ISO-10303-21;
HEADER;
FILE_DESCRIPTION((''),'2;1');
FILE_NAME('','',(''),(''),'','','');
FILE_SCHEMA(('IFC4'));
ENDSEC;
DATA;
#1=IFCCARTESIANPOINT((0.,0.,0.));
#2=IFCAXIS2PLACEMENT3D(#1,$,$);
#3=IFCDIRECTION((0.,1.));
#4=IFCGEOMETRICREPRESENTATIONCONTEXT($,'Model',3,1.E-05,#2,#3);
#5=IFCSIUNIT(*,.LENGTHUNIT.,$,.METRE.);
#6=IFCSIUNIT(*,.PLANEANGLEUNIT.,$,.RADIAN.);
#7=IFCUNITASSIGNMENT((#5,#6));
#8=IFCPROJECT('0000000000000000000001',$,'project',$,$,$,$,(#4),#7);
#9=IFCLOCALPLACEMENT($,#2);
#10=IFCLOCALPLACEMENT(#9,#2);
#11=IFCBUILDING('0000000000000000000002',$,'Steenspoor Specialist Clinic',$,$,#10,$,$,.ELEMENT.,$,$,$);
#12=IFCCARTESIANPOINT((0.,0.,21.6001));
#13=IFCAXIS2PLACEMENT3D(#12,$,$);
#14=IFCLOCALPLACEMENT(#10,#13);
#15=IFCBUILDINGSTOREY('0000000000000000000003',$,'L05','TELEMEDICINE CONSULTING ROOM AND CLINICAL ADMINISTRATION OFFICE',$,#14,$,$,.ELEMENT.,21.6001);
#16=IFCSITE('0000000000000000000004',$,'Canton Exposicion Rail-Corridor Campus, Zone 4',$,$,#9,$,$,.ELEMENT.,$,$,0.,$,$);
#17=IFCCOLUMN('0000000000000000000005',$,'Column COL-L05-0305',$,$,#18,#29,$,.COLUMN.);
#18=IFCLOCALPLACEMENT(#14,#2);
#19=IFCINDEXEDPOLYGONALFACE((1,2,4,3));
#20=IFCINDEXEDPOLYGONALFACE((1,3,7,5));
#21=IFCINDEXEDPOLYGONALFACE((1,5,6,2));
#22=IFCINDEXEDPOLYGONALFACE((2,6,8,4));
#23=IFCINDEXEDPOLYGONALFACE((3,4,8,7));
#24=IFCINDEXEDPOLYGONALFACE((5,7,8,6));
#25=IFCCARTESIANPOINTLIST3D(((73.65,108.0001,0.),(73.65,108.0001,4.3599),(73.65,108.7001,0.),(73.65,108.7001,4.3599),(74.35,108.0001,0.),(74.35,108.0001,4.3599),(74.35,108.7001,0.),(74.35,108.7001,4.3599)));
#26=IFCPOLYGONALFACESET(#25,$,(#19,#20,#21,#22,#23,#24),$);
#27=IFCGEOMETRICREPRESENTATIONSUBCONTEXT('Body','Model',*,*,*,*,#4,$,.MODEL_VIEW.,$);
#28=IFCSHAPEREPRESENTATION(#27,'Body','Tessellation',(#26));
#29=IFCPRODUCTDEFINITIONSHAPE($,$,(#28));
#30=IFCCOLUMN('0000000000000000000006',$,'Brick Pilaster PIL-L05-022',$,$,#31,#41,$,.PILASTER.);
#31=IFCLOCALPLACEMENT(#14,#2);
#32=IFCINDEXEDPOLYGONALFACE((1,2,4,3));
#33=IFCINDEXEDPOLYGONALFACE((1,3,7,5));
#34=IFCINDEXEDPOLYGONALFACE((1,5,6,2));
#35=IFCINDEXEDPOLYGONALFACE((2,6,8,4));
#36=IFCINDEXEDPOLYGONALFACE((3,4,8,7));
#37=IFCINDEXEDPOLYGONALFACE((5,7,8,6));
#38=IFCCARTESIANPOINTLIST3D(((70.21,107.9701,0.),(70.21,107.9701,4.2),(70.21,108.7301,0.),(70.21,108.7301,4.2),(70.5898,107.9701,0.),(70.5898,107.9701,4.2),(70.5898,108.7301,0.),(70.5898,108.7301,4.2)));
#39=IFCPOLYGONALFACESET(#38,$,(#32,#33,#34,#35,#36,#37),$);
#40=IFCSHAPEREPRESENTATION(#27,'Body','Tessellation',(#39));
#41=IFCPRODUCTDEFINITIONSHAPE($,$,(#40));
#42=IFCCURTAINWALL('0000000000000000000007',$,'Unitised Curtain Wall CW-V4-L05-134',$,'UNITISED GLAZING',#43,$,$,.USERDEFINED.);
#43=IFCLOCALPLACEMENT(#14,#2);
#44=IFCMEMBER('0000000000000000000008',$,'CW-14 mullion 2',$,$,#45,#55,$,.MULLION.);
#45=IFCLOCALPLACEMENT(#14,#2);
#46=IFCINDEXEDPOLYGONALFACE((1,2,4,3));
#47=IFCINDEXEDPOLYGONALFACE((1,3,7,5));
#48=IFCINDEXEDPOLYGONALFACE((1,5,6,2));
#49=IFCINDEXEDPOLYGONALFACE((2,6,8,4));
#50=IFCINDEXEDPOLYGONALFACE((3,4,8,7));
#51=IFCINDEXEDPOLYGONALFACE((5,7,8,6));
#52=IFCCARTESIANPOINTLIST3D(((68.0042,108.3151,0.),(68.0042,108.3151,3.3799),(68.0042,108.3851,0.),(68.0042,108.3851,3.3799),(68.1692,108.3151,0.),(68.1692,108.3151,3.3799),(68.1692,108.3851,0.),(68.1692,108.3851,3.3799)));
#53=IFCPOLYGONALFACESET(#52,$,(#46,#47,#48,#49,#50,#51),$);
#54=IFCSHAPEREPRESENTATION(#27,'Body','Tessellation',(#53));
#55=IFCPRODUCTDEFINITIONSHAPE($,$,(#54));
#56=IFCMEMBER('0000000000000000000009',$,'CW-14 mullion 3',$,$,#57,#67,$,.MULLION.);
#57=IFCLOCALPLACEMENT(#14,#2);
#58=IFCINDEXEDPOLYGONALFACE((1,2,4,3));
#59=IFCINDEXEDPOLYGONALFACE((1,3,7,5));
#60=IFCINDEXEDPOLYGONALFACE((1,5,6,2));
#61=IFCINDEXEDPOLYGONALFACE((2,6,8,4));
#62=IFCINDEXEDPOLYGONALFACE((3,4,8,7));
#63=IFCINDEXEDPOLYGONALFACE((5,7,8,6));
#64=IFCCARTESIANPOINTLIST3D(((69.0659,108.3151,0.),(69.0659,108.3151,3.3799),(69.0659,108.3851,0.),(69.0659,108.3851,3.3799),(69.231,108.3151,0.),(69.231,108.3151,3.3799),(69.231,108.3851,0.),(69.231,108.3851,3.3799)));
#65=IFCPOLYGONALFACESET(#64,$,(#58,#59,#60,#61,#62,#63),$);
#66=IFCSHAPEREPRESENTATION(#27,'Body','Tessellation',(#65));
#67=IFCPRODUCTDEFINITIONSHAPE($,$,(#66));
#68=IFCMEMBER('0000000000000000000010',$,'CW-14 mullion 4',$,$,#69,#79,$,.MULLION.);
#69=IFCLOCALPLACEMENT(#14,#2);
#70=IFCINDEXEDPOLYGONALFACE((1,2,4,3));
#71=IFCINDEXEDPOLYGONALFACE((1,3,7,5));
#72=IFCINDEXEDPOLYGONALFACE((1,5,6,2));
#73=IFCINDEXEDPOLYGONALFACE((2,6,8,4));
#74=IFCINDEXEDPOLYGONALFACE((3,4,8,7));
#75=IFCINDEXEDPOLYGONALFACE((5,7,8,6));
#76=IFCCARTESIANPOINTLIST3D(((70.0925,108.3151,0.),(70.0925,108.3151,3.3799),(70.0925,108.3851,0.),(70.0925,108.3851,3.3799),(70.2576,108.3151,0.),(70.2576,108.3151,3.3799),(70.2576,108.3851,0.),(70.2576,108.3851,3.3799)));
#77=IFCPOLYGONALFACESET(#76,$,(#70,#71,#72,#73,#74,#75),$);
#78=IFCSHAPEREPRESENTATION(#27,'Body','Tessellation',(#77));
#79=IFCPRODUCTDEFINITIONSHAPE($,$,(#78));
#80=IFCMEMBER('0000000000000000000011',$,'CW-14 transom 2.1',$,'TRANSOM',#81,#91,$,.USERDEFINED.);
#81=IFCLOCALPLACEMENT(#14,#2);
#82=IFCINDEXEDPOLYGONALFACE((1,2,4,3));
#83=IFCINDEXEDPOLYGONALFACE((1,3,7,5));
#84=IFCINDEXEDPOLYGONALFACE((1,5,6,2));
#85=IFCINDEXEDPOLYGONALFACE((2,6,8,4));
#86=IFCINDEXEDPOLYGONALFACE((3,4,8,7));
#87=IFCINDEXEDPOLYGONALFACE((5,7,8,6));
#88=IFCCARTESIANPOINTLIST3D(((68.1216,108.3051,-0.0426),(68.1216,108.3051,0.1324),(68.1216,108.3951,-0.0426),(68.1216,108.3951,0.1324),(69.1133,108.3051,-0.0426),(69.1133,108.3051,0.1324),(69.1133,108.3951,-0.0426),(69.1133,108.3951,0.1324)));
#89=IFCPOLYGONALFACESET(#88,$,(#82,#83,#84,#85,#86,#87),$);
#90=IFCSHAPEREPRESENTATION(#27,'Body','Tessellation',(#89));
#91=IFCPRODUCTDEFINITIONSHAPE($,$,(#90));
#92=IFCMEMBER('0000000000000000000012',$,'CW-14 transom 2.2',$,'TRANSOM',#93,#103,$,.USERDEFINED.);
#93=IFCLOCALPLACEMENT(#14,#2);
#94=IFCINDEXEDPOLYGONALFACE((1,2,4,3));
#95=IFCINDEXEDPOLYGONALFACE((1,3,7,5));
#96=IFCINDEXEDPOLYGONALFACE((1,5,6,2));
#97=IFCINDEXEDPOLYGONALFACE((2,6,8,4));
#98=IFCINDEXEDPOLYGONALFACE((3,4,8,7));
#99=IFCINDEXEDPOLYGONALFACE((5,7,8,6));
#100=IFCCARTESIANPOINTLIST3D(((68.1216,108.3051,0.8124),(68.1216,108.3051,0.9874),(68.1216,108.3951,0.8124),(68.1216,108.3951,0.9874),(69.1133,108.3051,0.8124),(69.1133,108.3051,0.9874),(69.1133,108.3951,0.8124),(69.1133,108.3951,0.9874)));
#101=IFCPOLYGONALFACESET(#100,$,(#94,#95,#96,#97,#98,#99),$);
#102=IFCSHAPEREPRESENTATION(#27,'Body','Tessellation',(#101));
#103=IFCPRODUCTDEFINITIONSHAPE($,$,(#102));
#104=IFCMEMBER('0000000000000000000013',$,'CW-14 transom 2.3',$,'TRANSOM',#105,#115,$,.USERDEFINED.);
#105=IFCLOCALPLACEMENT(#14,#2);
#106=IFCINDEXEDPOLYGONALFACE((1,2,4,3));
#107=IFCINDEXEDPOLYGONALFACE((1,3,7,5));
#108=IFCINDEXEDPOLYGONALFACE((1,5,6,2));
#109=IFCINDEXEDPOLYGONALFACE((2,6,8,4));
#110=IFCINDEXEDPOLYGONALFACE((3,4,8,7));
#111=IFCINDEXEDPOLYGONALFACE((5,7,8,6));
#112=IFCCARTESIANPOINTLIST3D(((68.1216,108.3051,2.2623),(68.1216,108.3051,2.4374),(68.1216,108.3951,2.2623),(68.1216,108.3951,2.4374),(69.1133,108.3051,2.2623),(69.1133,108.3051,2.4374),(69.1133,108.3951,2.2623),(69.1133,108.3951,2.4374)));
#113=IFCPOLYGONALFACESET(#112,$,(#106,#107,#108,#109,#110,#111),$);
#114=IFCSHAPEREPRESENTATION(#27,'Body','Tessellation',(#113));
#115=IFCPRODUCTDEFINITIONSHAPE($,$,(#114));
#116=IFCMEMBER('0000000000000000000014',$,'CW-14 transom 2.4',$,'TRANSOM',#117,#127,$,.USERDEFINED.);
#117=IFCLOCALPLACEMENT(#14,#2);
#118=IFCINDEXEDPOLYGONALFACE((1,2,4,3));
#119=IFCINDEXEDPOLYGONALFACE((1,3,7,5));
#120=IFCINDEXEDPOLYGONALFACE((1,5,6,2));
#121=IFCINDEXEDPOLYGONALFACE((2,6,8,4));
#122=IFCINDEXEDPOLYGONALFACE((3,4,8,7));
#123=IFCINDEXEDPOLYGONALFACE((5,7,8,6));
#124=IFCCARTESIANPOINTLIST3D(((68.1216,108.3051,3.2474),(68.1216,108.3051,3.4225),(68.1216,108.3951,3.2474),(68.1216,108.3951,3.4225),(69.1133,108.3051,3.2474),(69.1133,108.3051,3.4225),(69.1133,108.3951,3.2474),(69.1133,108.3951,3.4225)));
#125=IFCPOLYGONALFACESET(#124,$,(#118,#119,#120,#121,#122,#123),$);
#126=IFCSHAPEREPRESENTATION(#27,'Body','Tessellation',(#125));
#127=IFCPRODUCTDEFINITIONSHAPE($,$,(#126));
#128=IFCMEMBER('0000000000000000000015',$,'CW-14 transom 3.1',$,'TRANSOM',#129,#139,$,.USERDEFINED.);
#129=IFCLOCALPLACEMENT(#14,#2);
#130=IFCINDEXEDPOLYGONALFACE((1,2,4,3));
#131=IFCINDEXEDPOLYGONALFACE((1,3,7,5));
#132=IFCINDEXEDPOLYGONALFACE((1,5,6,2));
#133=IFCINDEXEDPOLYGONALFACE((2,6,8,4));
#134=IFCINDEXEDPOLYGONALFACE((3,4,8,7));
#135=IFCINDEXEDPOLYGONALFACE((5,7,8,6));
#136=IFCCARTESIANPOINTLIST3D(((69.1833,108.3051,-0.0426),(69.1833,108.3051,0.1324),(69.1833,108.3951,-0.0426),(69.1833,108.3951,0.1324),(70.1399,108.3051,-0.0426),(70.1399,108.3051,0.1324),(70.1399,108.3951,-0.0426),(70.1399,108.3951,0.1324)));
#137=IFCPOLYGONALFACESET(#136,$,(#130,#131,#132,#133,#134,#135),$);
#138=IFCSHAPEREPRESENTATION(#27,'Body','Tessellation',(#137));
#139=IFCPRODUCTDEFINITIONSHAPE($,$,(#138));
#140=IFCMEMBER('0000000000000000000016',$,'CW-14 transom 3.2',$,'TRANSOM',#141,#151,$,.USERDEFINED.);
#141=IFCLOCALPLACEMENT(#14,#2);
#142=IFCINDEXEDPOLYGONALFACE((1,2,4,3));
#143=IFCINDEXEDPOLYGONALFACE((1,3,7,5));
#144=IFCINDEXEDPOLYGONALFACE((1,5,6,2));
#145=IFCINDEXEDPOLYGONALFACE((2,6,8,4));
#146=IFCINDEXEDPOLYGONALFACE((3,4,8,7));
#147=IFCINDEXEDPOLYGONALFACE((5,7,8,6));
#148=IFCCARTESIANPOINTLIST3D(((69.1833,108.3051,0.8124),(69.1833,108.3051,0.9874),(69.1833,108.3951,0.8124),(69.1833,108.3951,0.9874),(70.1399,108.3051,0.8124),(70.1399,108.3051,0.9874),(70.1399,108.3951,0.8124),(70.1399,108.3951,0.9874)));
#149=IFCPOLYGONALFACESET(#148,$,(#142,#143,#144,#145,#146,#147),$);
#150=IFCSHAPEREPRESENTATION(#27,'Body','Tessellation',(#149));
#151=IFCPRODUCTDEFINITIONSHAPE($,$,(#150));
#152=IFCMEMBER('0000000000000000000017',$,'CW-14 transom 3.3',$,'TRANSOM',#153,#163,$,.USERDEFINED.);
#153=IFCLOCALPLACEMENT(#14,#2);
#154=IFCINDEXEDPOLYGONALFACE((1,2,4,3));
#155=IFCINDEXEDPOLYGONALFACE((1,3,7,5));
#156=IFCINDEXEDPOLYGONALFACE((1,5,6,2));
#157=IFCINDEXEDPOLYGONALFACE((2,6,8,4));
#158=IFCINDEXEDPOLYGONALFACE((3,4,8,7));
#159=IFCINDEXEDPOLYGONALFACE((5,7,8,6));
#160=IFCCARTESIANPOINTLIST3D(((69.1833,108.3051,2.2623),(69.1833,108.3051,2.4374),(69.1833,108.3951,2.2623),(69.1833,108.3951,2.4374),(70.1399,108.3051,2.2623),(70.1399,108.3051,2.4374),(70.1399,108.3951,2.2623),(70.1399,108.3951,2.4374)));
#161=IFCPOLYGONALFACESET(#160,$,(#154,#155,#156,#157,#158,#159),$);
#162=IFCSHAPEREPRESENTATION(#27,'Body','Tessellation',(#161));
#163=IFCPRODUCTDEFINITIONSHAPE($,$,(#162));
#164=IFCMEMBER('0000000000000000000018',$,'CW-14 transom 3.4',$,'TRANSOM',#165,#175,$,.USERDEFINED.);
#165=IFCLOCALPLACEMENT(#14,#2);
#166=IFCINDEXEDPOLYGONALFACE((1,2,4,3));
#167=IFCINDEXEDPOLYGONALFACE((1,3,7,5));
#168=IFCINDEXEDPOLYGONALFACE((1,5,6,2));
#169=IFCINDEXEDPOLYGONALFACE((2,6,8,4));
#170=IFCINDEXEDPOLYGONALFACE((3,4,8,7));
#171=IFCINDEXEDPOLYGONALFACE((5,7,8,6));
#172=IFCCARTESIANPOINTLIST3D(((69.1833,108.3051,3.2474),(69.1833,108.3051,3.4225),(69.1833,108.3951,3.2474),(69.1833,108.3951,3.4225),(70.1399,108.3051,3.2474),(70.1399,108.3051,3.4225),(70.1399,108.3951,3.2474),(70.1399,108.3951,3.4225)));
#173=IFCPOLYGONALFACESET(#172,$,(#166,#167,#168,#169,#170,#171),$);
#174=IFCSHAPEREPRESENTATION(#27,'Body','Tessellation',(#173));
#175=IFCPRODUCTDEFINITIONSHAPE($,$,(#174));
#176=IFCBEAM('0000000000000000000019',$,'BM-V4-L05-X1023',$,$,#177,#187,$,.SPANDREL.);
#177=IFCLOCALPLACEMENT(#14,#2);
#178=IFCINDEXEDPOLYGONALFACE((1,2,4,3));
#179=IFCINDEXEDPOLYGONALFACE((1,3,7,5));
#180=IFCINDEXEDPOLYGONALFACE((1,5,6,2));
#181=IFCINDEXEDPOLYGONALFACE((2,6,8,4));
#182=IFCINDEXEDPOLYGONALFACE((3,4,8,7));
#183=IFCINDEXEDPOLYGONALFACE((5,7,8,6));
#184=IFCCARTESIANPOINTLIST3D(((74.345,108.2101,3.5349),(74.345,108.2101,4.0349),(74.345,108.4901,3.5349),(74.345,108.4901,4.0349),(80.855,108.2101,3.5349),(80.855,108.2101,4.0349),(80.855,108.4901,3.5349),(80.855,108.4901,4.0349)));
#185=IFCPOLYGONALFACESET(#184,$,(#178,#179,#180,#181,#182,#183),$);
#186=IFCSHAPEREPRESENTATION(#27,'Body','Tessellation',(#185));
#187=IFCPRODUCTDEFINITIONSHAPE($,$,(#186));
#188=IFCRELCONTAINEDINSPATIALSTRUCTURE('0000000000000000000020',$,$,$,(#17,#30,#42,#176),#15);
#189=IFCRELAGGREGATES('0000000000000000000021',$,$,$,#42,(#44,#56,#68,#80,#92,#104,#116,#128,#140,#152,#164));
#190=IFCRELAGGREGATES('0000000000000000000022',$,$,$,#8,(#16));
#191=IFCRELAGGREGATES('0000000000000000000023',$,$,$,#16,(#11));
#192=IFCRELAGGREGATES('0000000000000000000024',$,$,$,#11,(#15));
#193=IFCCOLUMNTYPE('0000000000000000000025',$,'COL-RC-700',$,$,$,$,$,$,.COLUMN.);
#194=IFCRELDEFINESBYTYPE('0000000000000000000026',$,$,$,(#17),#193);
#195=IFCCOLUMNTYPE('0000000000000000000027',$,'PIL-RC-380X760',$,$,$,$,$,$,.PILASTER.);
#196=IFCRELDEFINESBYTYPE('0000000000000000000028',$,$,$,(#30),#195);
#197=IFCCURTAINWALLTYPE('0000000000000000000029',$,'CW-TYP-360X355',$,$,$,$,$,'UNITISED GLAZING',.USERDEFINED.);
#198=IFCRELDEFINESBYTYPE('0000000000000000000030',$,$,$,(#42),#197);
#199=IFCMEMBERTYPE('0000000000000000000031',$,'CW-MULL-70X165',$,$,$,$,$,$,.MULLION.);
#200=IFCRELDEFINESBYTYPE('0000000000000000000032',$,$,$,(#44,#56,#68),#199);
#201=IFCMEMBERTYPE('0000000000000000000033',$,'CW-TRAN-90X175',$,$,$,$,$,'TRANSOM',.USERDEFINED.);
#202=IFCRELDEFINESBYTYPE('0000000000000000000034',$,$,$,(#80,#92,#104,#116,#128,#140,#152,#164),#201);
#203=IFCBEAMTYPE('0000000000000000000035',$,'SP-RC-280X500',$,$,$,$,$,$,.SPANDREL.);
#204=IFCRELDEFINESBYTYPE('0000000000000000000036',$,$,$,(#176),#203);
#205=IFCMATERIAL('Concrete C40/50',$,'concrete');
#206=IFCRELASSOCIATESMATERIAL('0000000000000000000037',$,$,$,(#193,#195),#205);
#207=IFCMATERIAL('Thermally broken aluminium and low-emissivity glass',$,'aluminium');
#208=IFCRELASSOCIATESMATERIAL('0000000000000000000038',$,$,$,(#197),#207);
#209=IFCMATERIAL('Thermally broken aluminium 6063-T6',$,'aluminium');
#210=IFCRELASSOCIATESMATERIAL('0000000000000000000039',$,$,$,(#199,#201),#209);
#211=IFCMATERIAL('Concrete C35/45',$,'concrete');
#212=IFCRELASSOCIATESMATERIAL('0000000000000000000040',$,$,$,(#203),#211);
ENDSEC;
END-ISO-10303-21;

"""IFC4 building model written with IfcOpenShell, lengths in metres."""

from ifc_helpers import new_model, si_unit, direction, frame, origin, origin_2d, place, context, subcontext, project, spatial, rectangle, extrude, material, material_profile, profile_set, type_object, element, aggregate, save


model = new_model("IFC4")

# Units and contexts
model_context = context("Model", 3, precision=1e-05, world=origin(), true_north=direction((0.0, 1.0)))
body_context = subcontext(model_context, "Body", "Model", "MODEL_VIEW")
ifc_project = project(units=[si_unit("LENGTHUNIT", "METRE"), si_unit("PLANEANGLEUNIT", "RADIAN")], contexts=[model_context])

# Site, building, storey
site_placement = place(None, origin())
site = spatial("IfcSite", under=ifc_project, at=site_placement, Name="Canton Exposicion Rail-Corridor Campus, Zone 4", CompositionType="ELEMENT", RefElevation=0.0)
building_placement = place(site_placement, origin())
building = spatial("IfcBuilding", under=site, at=building_placement, Name="Steenspoor Specialist Clinic", CompositionType="ELEMENT")
storey_placement = place(building_placement, frame((0.0, 0.0, 21.6001)))
storey = spatial("IfcBuildingStorey", under=building, at=storey_placement, Name="L05", Description="TELEMEDICINE CONSULTING ROOM AND CLINICAL ADMINISTRATION OFFICE", CompositionType="ELEMENT", Elevation=21.6001)

# Columns
ifc_material_1 = material(Name="Concrete C40/50", Category="concrete")
ifc_material_profile_1 = material_profile(ifc_material_1, rectangle(XDim=0.7, YDim=0.7, at=origin_2d()), Name="RC-COL-700X700")
ifc_profile_set_1 = profile_set([ifc_material_profile_1], Name="Concrete C40/50")
column_type_1 = type_object("IfcColumnType", Name="COL-RC-700", PredefinedType="COLUMN", material=ifc_profile_set_1)
column_1_placement = place(storey_placement, frame((74.0, 108.3501, 0.0), z_axis=(0.0, 0.0, 1.0), x_axis=(1.0, 0.0, 0.0)))
element("IfcColumn", 1, at=column_1_placement, inside=storey, type_object=column_type_1, Name="Column COL-L05-0305", PredefinedType="COLUMN", context=body_context, shape_type="SweptSolid", body=[
    extrude(rectangle(XDim=0.7, YDim=0.7, at=origin_2d()), origin(), (0.0, 0.0, 1.0), 4.3599),
])
ifc_material_profile_2 = material_profile(ifc_material_1, rectangle(XDim=0.3799, YDim=0.76, at=origin_2d()), Name="RC-PIL-380X760")
ifc_profile_set_2 = profile_set([ifc_material_profile_2], Name="Concrete C40/50")
column_type_2 = type_object("IfcColumnType", Name="PIL-RC-380X760", PredefinedType="PILASTER", material=ifc_profile_set_2)
column_2_placement = place(storey_placement, frame((70.3999, 108.3501, 0.0), z_axis=(0.0, 0.0, 1.0), x_axis=(1.0, 0.0, 0.0)))
element("IfcColumn", 2, at=column_2_placement, inside=storey, type_object=column_type_2, Name="Brick Pilaster PIL-L05-022", PredefinedType="PILASTER", context=body_context, shape_type="SweptSolid", body=[
    extrude(rectangle(XDim=0.3799, YDim=0.76, at=origin_2d()), origin(), (0.0, 0.0, 1.0), 4.2),
])

# Curtain wall, members
ifc_material_2 = material(Name="Thermally broken aluminium and low-emissivity glass", Category="aluminium")
curtain_wall_type = type_object("IfcCurtainWallType", Name="CW-TYP-360X355", ElementType="UNITISED GLAZING", PredefinedType="USERDEFINED", material=ifc_material_2)
curtain_wall_placement = place(storey_placement, origin())
curtain_wall = element("IfcCurtainWall", 3, at=curtain_wall_placement, inside=storey, type_object=curtain_wall_type, Name="Unitised Curtain Wall CW-V4-L05-134", ObjectType="UNITISED GLAZING", PredefinedType="USERDEFINED")
ifc_material_3 = material(Name="Thermally broken aluminium 6063-T6", Category="aluminium")
ifc_material_profile_3 = material_profile(ifc_material_3, rectangle(XDim=0.0701, YDim=0.165, at=origin_2d()), Name="CWM-70X165")
ifc_profile_set_3 = profile_set([ifc_material_profile_3], Name="Thermally broken aluminium 6063-T6")
member_type_1 = type_object("IfcMemberType", Name="CW-MULL-70X165", PredefinedType="MULLION", material=ifc_profile_set_3)
member_1_placement = place(storey_placement, frame((68.0867, 108.3501, 0.0), z_axis=(0.0, 0.0, 1.0), x_axis=(0.0, 1.0, 0.0)))
member_1 = element("IfcMember", 4, at=member_1_placement, type_object=member_type_1, Name="CW-14 mullion 2", PredefinedType="MULLION", context=body_context, shape_type="SweptSolid", body=[
    extrude(rectangle(XDim=0.0701, YDim=0.165, at=origin_2d()), origin(), (0.0, 0.0, 1.0), 3.3799),
])
member_2_placement = place(storey_placement, frame((69.1484, 108.3501, 0.0), z_axis=(0.0, 0.0, 1.0), x_axis=(0.0, 1.0, 0.0)))
member_2 = element("IfcMember", 5, at=member_2_placement, type_object=member_type_1, Name="CW-14 mullion 3", PredefinedType="MULLION", context=body_context, shape_type="SweptSolid", body=[
    extrude(rectangle(XDim=0.0701, YDim=0.165, at=origin_2d()), origin(), (0.0, 0.0, 1.0), 3.3799),
])
member_3_placement = place(storey_placement, frame((70.175, 108.3501, 0.0), z_axis=(0.0, 0.0, 1.0), x_axis=(0.0, 1.0, 0.0)))
member_3 = element("IfcMember", 6, at=member_3_placement, type_object=member_type_1, Name="CW-14 mullion 4", PredefinedType="MULLION", context=body_context, shape_type="SweptSolid", body=[
    extrude(rectangle(XDim=0.0701, YDim=0.165, at=origin_2d()), origin(), (0.0, 0.0, 1.0), 3.3799),
])
ifc_material_profile_4 = material_profile(ifc_material_3, rectangle(XDim=0.0901, YDim=0.175, at=origin_2d()), Name="CWT-90X175")
ifc_profile_set_4 = profile_set([ifc_material_profile_4], Name="Thermally broken aluminium 6063-T6")
member_type_2 = type_object("IfcMemberType", Name="CW-TRAN-90X175", ElementType="TRANSOM", PredefinedType="USERDEFINED", material=ifc_profile_set_4)
member_4_placement = place(storey_placement, frame((68.1216, 108.3501, 0.0449), z_axis=(1.0, 0.0, 0.0), x_axis=(0.0, 1.0, 0.0)))
member_4 = element("IfcMember", 7, at=member_4_placement, type_object=member_type_2, Name="CW-14 transom 2.1", ObjectType="TRANSOM", PredefinedType="USERDEFINED", context=body_context, shape_type="SweptSolid", body=[
    extrude(rectangle(XDim=0.0901, YDim=0.175, at=origin_2d()), origin(), (0.0, 0.0, 1.0), 0.9917),
])
member_5_placement = place(storey_placement, frame((68.1216, 108.3501, 0.8999), z_axis=(1.0, 0.0, 0.0), x_axis=(0.0, 1.0, 0.0)))
member_5 = element("IfcMember", 8, at=member_5_placement, type_object=member_type_2, Name="CW-14 transom 2.2", ObjectType="TRANSOM", PredefinedType="USERDEFINED", context=body_context, shape_type="SweptSolid", body=[
    extrude(rectangle(XDim=0.0901, YDim=0.175, at=origin_2d()), origin(), (0.0, 0.0, 1.0), 0.9917),
])
member_6_placement = place(storey_placement, frame((68.1216, 108.3501, 2.3499), z_axis=(1.0, 0.0, 0.0), x_axis=(0.0, 1.0, 0.0)))
member_6 = element("IfcMember", 9, at=member_6_placement, type_object=member_type_2, Name="CW-14 transom 2.3", ObjectType="TRANSOM", PredefinedType="USERDEFINED", context=body_context, shape_type="SweptSolid", body=[
    extrude(rectangle(XDim=0.0901, YDim=0.175, at=origin_2d()), origin(), (0.0, 0.0, 1.0), 0.9917),
])
member_7_placement = place(storey_placement, frame((68.1216, 108.3501, 3.335), z_axis=(1.0, 0.0, 0.0), x_axis=(0.0, 1.0, 0.0)))
member_7 = element("IfcMember", 10, at=member_7_placement, type_object=member_type_2, Name="CW-14 transom 2.4", ObjectType="TRANSOM", PredefinedType="USERDEFINED", context=body_context, shape_type="SweptSolid", body=[
    extrude(rectangle(XDim=0.0901, YDim=0.175, at=origin_2d()), origin(), (0.0, 0.0, 1.0), 0.9917),
])
member_8_placement = place(storey_placement, frame((69.1833, 108.3501, 0.0449), z_axis=(1.0, 0.0, 0.0), x_axis=(0.0, 1.0, 0.0)))
member_8 = element("IfcMember", 11, at=member_8_placement, type_object=member_type_2, Name="CW-14 transom 3.1", ObjectType="TRANSOM", PredefinedType="USERDEFINED", context=body_context, shape_type="SweptSolid", body=[
    extrude(rectangle(XDim=0.0901, YDim=0.175, at=origin_2d()), origin(), (0.0, 0.0, 1.0), 0.9565),
])
member_9_placement = place(storey_placement, frame((69.1833, 108.3501, 0.8999), z_axis=(1.0, 0.0, 0.0), x_axis=(0.0, 1.0, 0.0)))
member_9 = element("IfcMember", 12, at=member_9_placement, type_object=member_type_2, Name="CW-14 transom 3.2", ObjectType="TRANSOM", PredefinedType="USERDEFINED", context=body_context, shape_type="SweptSolid", body=[
    extrude(rectangle(XDim=0.0901, YDim=0.175, at=origin_2d()), origin(), (0.0, 0.0, 1.0), 0.9565),
])
member_10_placement = place(storey_placement, frame((69.1833, 108.3501, 2.3499), z_axis=(1.0, 0.0, 0.0), x_axis=(0.0, 1.0, 0.0)))
member_10 = element("IfcMember", 13, at=member_10_placement, type_object=member_type_2, Name="CW-14 transom 3.3", ObjectType="TRANSOM", PredefinedType="USERDEFINED", context=body_context, shape_type="SweptSolid", body=[
    extrude(rectangle(XDim=0.0901, YDim=0.175, at=origin_2d()), origin(), (0.0, 0.0, 1.0), 0.9565),
])
member_11_placement = place(storey_placement, frame((69.1833, 108.3501, 3.335), z_axis=(1.0, 0.0, 0.0), x_axis=(0.0, 1.0, 0.0)))
member_11 = element("IfcMember", 14, at=member_11_placement, type_object=member_type_2, Name="CW-14 transom 3.4", ObjectType="TRANSOM", PredefinedType="USERDEFINED", context=body_context, shape_type="SweptSolid", body=[
    extrude(rectangle(XDim=0.0901, YDim=0.175, at=origin_2d()), origin(), (0.0, 0.0, 1.0), 0.9565),
])

# Beam
ifc_material_4 = material(Name="Concrete C35/45", Category="concrete")
ifc_material_profile_5 = material_profile(ifc_material_4, rectangle(XDim=0.28, YDim=0.5, at=origin_2d()), Name="RC-SP-280X500")
ifc_profile_set_5 = profile_set([ifc_material_profile_5], Name="Concrete C35/45")
beam_type = type_object("IfcBeamType", Name="SP-RC-280X500", PredefinedType="SPANDREL", material=ifc_profile_set_5)
beam_placement = place(storey_placement, frame((74.345, 108.3501, 3.7849), z_axis=(1.0, 0.0, 0.0), x_axis=(0.0, 1.0, 0.0)))
element("IfcBeam", 15, at=beam_placement, inside=storey, type_object=beam_type, Name="BM-V4-L05-X1023", PredefinedType="SPANDREL", context=body_context, shape_type="SweptSolid", body=[
    extrude(rectangle(XDim=0.28, YDim=0.5, at=origin_2d()), origin(), (0.0, 0.0, 1.0), 6.51),
])

aggregate(curtain_wall, [member_1, member_2, member_3, member_4, member_5, member_6, member_7, member_8, member_9, member_10, member_11])

save(model, "model.ifc")
